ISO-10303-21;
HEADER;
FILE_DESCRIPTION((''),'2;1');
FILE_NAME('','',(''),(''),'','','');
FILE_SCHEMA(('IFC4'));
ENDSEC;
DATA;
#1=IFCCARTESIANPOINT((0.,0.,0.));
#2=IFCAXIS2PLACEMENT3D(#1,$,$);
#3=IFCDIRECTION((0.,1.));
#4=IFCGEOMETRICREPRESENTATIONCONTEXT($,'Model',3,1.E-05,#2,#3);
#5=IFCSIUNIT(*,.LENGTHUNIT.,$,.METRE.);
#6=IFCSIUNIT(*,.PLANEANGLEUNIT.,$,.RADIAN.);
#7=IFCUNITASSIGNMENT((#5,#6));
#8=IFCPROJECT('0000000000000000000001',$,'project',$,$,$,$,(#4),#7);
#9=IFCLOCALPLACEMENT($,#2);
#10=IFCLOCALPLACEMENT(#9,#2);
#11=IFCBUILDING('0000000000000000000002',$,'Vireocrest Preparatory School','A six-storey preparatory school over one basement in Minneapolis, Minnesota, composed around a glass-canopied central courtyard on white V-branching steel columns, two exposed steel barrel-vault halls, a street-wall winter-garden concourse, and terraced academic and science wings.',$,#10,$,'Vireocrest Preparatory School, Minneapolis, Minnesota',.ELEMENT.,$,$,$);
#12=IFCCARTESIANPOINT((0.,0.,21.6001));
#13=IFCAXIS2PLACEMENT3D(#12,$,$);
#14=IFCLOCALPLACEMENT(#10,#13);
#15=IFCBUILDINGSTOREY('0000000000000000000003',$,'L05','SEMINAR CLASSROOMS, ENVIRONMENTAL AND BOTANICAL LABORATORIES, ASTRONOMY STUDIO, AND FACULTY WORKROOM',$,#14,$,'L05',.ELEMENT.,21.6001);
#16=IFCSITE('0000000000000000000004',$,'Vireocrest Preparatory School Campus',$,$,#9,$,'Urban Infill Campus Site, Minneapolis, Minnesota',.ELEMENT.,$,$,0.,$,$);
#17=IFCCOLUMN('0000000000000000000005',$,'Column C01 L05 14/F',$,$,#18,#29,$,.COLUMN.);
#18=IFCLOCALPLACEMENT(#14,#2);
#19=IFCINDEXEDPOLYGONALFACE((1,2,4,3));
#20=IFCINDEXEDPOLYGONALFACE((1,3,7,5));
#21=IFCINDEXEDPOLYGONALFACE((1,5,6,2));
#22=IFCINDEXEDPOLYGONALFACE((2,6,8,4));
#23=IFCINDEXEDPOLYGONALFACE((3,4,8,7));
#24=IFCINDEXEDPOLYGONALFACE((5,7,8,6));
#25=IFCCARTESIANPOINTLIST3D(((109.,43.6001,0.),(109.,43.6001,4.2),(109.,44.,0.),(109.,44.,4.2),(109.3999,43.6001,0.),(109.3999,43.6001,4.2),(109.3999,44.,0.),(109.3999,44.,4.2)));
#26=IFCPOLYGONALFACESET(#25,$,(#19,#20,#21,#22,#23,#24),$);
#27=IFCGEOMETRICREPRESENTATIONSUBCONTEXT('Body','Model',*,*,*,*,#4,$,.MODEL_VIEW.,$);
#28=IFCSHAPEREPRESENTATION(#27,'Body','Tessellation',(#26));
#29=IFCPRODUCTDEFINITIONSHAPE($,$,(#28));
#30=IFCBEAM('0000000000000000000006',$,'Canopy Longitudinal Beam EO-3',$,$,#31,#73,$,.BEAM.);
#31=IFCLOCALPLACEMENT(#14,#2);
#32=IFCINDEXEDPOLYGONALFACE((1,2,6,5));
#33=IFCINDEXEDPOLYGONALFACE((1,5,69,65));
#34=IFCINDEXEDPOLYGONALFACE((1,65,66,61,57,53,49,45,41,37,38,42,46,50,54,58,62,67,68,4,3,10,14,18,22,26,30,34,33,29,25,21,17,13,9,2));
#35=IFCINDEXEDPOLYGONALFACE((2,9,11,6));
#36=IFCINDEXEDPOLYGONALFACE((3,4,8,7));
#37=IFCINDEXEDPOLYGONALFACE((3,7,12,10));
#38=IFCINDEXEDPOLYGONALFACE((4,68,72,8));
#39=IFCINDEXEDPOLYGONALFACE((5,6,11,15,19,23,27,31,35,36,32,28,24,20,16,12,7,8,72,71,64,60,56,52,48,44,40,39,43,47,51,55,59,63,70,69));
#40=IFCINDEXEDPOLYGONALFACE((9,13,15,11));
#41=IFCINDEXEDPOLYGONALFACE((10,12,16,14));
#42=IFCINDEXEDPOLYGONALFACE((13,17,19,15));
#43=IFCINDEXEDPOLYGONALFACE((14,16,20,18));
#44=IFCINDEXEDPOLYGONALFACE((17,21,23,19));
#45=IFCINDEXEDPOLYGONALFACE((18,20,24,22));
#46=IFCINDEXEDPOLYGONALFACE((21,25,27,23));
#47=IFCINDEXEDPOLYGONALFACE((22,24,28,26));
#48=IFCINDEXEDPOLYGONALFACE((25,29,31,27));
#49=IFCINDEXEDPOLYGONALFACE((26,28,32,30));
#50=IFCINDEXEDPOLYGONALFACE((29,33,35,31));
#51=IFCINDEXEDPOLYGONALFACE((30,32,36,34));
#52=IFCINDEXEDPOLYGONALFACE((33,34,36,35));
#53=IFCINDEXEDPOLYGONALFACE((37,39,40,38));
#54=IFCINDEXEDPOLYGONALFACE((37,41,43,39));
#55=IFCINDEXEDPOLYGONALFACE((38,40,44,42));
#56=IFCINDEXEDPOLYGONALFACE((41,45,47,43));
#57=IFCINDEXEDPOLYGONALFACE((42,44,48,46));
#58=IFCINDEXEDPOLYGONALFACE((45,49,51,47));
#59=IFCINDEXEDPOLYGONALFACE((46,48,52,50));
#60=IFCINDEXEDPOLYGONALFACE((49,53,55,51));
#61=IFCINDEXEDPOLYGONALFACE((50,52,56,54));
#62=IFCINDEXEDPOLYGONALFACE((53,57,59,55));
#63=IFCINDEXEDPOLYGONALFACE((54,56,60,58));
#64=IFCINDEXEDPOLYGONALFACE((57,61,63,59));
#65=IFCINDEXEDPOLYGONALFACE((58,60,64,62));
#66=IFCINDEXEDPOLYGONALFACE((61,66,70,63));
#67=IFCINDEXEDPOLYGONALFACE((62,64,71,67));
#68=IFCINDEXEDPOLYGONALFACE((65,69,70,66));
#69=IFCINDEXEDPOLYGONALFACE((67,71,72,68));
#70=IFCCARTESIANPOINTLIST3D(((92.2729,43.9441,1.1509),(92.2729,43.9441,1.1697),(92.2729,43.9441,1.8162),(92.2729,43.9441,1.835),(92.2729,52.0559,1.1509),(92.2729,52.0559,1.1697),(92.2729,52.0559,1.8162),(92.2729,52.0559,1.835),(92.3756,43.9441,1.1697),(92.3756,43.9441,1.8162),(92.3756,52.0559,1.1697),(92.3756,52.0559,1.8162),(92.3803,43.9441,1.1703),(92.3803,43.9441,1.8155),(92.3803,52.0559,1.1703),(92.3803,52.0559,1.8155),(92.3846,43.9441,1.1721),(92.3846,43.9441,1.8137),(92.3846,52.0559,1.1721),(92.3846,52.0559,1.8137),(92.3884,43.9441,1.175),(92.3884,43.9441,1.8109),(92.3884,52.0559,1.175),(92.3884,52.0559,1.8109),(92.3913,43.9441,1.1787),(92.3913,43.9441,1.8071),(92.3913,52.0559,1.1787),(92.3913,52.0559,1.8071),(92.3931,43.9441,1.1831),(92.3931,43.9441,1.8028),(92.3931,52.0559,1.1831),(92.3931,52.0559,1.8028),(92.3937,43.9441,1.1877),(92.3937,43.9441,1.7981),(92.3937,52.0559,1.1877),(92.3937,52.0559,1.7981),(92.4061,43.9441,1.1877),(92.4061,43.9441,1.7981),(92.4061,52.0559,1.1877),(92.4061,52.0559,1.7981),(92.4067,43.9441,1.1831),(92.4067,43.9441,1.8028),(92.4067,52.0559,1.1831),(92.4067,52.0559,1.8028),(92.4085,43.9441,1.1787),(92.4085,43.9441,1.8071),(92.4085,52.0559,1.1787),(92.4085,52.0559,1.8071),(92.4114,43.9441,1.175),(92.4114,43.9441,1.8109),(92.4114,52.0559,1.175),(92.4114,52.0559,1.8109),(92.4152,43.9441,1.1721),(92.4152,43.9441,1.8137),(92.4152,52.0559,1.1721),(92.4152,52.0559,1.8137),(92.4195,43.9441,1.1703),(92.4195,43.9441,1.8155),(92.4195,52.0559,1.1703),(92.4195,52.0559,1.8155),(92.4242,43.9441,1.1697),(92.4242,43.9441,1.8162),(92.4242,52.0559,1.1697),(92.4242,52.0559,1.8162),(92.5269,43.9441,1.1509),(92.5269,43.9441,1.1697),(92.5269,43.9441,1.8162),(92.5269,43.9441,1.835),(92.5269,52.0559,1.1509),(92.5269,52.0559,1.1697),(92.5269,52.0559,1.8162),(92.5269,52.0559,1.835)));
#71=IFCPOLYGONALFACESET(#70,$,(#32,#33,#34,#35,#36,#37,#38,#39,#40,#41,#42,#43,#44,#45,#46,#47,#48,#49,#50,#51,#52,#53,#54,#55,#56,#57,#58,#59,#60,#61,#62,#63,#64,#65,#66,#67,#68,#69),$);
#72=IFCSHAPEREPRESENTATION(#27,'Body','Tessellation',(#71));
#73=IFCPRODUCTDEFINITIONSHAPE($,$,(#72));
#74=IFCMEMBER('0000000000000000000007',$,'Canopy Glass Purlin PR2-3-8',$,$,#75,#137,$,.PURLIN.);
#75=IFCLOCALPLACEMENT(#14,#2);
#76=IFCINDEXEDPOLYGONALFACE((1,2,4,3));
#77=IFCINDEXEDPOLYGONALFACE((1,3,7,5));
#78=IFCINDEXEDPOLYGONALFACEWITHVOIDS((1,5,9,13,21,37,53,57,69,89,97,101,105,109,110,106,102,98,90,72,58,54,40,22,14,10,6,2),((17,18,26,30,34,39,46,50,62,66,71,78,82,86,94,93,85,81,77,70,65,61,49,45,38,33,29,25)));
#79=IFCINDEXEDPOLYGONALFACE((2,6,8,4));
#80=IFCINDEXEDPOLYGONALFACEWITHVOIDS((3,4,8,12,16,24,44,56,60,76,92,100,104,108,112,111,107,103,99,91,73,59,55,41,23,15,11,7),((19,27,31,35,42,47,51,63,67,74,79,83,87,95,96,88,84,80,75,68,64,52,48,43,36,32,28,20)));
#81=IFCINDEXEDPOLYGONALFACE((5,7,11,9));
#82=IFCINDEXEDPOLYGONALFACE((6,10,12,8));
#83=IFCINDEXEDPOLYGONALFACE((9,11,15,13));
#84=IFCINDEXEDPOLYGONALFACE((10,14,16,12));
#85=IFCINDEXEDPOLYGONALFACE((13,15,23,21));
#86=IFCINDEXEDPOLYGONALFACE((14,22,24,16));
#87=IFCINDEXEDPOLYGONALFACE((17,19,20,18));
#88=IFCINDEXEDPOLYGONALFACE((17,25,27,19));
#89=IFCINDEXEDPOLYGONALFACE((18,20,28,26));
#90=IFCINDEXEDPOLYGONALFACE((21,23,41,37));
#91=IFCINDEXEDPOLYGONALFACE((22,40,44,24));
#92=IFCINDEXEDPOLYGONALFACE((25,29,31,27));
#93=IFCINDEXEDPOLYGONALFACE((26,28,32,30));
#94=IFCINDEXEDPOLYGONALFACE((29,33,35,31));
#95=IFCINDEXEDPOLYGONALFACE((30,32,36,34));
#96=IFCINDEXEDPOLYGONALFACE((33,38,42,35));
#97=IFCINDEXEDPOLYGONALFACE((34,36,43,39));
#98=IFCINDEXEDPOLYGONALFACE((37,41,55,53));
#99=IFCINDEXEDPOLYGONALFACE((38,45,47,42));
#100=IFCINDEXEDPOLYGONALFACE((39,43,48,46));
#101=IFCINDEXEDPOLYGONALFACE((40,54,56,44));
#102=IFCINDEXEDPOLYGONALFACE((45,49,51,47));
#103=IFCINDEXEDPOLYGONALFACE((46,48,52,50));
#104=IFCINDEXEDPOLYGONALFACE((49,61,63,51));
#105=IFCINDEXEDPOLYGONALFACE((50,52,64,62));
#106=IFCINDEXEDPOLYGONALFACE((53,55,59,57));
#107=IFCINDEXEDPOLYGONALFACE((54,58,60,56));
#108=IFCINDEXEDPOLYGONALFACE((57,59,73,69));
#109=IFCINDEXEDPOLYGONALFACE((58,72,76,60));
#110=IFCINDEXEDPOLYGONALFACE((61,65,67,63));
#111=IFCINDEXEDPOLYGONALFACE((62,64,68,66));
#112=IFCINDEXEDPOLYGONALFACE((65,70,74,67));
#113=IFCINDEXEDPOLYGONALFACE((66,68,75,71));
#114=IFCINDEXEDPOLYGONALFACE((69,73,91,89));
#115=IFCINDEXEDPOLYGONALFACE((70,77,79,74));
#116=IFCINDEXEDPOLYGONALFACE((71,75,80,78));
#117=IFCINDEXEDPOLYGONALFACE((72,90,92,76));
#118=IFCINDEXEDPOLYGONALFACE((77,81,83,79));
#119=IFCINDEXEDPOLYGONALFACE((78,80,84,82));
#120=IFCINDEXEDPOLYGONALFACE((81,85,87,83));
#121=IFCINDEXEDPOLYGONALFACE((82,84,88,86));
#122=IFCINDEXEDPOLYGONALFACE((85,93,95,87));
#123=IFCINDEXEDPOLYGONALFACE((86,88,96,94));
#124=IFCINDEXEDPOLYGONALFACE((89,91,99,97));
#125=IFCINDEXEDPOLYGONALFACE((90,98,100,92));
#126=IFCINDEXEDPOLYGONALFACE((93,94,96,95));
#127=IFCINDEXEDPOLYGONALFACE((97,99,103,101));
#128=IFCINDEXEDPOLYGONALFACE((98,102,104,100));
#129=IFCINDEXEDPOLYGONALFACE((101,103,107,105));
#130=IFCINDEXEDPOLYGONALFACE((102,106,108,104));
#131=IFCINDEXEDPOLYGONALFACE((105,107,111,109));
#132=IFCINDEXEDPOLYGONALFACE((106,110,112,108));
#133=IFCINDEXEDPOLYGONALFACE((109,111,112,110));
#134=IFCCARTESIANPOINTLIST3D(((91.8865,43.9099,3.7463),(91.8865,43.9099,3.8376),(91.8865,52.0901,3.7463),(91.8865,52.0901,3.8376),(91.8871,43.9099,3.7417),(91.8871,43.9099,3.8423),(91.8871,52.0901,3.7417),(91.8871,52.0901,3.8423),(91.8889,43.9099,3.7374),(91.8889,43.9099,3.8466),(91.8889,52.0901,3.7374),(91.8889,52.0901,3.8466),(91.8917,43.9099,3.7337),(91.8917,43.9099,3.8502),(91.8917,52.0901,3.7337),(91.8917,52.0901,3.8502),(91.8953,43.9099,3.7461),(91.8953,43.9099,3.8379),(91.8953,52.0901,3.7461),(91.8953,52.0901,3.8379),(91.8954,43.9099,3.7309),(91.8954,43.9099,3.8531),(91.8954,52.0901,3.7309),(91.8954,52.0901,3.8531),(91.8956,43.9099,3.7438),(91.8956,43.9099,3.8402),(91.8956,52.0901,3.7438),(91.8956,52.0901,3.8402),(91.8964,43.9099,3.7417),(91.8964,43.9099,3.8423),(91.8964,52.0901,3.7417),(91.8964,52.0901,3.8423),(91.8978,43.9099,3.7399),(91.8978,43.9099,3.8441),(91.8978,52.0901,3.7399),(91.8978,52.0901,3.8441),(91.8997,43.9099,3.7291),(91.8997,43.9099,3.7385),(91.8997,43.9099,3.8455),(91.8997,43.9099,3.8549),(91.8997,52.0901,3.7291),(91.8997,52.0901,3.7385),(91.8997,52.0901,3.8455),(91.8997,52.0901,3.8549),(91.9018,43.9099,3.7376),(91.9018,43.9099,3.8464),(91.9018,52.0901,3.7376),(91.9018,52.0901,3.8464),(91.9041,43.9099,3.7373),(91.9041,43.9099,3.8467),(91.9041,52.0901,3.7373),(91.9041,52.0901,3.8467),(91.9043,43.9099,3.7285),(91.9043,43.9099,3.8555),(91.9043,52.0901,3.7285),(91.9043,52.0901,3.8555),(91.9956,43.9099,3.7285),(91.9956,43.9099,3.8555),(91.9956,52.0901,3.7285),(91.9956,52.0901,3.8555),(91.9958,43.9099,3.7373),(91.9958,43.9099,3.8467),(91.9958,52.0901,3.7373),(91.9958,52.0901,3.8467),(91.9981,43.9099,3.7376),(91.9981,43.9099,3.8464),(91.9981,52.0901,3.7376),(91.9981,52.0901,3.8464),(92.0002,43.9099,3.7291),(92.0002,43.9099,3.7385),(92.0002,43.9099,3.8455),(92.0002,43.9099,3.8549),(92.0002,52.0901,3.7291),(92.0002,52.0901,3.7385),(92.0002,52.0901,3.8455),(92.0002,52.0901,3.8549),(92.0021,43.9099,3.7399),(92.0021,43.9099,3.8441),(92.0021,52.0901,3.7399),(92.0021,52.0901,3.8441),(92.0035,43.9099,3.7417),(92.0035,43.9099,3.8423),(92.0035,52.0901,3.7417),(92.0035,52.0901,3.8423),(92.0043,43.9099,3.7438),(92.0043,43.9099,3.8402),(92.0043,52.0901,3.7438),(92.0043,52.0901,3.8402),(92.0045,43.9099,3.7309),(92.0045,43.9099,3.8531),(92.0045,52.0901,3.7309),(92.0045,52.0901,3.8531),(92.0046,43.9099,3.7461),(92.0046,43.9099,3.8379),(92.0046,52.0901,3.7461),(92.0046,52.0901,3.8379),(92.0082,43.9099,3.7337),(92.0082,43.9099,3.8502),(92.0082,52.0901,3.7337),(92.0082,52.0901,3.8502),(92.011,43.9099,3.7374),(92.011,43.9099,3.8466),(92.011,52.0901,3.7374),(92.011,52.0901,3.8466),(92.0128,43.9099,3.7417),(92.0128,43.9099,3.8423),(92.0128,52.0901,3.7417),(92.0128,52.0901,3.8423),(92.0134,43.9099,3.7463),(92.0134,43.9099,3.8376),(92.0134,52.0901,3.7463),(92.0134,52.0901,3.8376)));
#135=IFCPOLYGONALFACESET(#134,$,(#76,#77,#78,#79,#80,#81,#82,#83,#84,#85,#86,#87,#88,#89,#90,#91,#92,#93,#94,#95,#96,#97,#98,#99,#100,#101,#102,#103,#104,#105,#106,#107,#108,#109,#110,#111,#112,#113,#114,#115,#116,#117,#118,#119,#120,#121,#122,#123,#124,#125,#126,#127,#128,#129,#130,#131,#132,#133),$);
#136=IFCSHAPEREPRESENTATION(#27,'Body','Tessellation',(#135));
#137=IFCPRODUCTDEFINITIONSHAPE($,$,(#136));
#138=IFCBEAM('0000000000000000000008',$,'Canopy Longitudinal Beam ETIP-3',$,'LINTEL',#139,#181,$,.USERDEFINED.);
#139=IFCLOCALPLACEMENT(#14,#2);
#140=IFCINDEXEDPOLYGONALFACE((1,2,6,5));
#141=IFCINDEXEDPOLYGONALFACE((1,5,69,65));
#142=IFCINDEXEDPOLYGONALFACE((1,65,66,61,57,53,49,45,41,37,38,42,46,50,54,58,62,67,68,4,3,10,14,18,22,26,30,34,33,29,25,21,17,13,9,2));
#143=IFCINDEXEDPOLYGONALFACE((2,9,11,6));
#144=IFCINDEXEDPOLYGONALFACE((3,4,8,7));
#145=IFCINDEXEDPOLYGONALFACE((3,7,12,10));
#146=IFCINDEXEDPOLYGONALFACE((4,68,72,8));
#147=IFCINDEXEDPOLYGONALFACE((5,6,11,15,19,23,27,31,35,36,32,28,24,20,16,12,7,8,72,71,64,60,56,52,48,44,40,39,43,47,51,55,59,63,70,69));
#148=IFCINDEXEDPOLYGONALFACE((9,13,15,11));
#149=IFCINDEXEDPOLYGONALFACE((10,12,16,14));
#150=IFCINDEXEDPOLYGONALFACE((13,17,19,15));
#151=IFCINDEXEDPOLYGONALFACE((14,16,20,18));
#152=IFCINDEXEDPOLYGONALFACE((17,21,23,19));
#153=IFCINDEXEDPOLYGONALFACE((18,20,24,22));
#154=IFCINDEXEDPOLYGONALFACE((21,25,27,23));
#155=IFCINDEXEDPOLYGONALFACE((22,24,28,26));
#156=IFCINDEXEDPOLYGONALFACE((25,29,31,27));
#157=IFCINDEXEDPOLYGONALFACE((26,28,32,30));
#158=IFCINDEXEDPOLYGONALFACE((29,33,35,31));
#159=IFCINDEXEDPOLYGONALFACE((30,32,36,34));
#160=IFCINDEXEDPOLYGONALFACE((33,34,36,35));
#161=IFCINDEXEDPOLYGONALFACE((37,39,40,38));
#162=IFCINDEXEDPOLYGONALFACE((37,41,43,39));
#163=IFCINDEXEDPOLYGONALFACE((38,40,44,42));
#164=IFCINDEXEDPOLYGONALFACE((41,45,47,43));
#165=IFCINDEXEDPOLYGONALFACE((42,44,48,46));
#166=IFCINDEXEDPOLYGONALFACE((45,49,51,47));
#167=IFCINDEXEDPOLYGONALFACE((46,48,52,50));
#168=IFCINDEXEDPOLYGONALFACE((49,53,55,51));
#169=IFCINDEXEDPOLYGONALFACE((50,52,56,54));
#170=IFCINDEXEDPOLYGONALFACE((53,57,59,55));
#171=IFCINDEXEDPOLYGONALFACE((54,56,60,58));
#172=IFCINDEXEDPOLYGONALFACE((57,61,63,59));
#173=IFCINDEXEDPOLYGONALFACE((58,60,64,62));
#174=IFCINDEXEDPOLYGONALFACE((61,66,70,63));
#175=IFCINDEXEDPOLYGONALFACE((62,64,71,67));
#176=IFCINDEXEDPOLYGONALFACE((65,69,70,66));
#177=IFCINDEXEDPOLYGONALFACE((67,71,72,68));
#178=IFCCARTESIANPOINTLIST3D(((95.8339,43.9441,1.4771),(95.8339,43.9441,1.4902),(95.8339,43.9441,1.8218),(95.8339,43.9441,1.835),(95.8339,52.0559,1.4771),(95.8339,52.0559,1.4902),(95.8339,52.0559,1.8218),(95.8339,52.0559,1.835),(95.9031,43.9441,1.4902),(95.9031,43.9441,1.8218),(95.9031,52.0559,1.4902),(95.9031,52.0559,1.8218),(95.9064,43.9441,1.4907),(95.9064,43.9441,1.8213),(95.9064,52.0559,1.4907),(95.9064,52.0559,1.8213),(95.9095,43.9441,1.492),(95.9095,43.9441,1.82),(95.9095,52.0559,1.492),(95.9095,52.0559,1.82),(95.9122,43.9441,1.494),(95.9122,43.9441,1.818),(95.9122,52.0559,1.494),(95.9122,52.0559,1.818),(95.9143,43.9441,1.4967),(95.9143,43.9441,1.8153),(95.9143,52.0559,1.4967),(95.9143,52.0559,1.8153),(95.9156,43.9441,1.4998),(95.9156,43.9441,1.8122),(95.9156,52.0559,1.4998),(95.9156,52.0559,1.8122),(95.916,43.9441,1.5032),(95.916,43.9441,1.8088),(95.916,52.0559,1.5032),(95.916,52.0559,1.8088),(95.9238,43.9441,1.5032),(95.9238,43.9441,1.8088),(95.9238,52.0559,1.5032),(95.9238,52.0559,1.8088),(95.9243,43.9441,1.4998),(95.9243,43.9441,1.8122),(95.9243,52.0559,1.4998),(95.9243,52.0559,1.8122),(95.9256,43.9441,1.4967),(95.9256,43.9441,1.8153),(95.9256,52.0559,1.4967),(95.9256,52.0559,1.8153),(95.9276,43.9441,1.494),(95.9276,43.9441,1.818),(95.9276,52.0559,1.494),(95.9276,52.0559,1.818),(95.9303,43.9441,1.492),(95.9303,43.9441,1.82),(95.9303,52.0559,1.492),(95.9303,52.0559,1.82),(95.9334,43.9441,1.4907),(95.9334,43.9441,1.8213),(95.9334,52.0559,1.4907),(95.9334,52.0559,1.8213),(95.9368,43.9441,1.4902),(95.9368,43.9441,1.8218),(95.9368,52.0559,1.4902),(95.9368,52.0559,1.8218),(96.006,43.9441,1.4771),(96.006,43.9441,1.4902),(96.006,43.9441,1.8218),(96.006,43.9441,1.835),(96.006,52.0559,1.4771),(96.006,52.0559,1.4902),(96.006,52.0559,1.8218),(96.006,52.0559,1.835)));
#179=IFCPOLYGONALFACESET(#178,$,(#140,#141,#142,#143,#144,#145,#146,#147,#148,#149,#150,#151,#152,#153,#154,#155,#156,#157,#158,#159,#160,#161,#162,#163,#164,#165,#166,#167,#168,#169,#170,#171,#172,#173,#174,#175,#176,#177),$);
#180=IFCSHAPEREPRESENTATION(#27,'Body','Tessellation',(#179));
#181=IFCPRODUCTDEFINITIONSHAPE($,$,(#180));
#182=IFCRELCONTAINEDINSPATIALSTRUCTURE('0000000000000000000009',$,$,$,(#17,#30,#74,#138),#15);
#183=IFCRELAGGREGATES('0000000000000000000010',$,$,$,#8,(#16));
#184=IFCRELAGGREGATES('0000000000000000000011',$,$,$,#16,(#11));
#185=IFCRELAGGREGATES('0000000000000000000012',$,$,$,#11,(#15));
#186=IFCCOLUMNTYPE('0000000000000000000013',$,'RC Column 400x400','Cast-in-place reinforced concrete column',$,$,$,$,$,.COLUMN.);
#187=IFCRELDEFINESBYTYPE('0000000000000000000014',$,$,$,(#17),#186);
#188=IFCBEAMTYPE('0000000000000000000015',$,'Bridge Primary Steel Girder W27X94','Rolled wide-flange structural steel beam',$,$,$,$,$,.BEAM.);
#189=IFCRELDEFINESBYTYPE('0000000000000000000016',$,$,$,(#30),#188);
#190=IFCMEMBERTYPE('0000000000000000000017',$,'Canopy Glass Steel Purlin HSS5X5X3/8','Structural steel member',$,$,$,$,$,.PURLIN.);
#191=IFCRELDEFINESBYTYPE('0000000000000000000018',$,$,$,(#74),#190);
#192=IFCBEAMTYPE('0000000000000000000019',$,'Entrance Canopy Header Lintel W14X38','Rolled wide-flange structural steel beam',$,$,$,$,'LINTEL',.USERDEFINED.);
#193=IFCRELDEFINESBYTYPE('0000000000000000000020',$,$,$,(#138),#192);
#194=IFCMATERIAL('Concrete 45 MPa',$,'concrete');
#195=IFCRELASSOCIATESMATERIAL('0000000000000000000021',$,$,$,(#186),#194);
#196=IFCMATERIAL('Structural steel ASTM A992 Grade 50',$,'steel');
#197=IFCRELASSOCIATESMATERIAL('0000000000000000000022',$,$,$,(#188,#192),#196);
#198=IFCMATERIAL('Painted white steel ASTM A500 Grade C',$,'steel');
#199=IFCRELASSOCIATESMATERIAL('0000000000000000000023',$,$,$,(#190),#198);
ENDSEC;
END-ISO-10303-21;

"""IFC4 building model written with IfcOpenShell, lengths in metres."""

from ifc_helpers import new_model, si_unit, direction, frame, origin, origin_2d, place, context, subcontext, project, spatial, rectangle, hollow_rectangle, i_section, extrude, material, material_profile, profile_set, type_object, element, save


model = new_model("IFC4")

# Units and contexts
model_context = context("Model", 3, precision=1e-05, world=origin(), true_north=direction((0.0, 1.0)))
body_context = subcontext(model_context, "Body", "Model", "MODEL_VIEW")
ifc_project = project(units=[si_unit("LENGTHUNIT", "METRE"), si_unit("PLANEANGLEUNIT", "RADIAN")], contexts=[model_context])

# Site, building, storey
site_placement = place(None, origin())
site = spatial("IfcSite", under=ifc_project, at=site_placement, Name="Vireocrest Preparatory School Campus", LongName="Urban Infill Campus Site, Minneapolis, Minnesota", CompositionType="ELEMENT", RefElevation=0.0)
building_placement = place(site_placement, origin())
building = spatial("IfcBuilding", under=site, at=building_placement, Name="Vireocrest Preparatory School", Description="A six-storey preparatory school over one basement in Minneapolis, Minnesota, composed around a glass-canopied central courtyard on white V-branching steel columns, two exposed steel barrel-vault halls, a street-wall winter-garden concourse, and terraced academic and science wings.", LongName="Vireocrest Preparatory School, Minneapolis, Minnesota", CompositionType="ELEMENT")
storey_placement = place(building_placement, frame((0.0, 0.0, 21.6001)))
storey = spatial("IfcBuildingStorey", under=building, at=storey_placement, Name="L05", Description="SEMINAR CLASSROOMS, ENVIRONMENTAL AND BOTANICAL LABORATORIES, ASTRONOMY STUDIO, AND FACULTY WORKROOM", LongName="L05", CompositionType="ELEMENT", Elevation=21.6001)

# Column
ifc_material_1 = material(Name="Concrete 45 MPa", Category="concrete")
ifc_material_profile_1 = material_profile(ifc_material_1, rectangle(XDim=0.3999, YDim=0.3999, at=origin_2d()), Name="RC 400x400")
ifc_profile_set_1 = profile_set([ifc_material_profile_1], Name="Concrete 45 MPa")
column_type = type_object("IfcColumnType", Name="RC Column 400x400", Description="Cast-in-place reinforced concrete column", PredefinedType="COLUMN", material=ifc_profile_set_1)
column_placement = place(storey_placement, frame((109.2, 43.8, 0.0), z_axis=(0.0, 0.0, 1.0), x_axis=(1.0, 0.0, 0.0)))
element("IfcColumn", 1, at=column_placement, inside=storey, type_object=column_type, Name="Column C01 L05 14/F", PredefinedType="COLUMN", context=body_context, shape_type="SweptSolid", body=[
    extrude(rectangle(XDim=0.3999, YDim=0.3999, at=origin_2d()), origin(), (0.0, 0.0, 1.0), 4.2),
])

# Beam
ifc_material_2 = material(Name="Structural steel ASTM A992 Grade 50", Category="steel")
ifc_material_profile_2 = material_profile(ifc_material_2, i_section(OverallWidth=0.2539, OverallDepth=0.6841, WebThickness=0.0125, FlangeThickness=0.0188, FilletRadius=0.0181, at=origin_2d()), Name="W27X94")
ifc_profile_set_2 = profile_set([ifc_material_profile_2], Name="Structural steel ASTM A992 Grade 50")
beam_type_1 = type_object("IfcBeamType", Name="Bridge Primary Steel Girder W27X94", Description="Rolled wide-flange structural steel beam", PredefinedType="BEAM", material=ifc_profile_set_2)
beam_1_placement = place(storey_placement, frame((92.3999, 43.9441, 1.4929), z_axis=(0.0, 1.0, 0.0), x_axis=(-1.0, 0.0, 0.0)))
element("IfcBeam", 2, at=beam_1_placement, inside=storey, type_object=beam_type_1, Name="Canopy Longitudinal Beam EO-3", PredefinedType="BEAM", context=body_context, shape_type="SweptSolid", body=[
    extrude(i_section(OverallWidth=0.2539, OverallDepth=0.6841, WebThickness=0.0125, FlangeThickness=0.0188, FilletRadius=0.0181, at=origin_2d()), origin(), (0.0, 0.0, 1.0), 8.1118),
])

# Member
ifc_material_3 = material(Name="Painted white steel ASTM A500 Grade C", Category="steel")
ifc_material_profile_3 = material_profile(ifc_material_3, hollow_rectangle(XDim=0.127, YDim=0.127, WallThickness=0.0088, InnerFilletRadius=0.0088, OuterFilletRadius=0.0178, at=origin_2d()), Name="HSS5X5X3/8")
ifc_profile_set_3 = profile_set([ifc_material_profile_3], Name="Painted white steel ASTM A500 Grade C")
member_type = type_object("IfcMemberType", Name="Canopy Glass Steel Purlin HSS5X5X3/8", Description="Structural steel member", PredefinedType="PURLIN", material=ifc_profile_set_3)
member_placement = place(storey_placement, frame((91.95, 43.9099, 3.792), z_axis=(0.0, 1.0, 0.0), x_axis=(-1.0, 0.0, 0.0)))
element("IfcMember", 3, at=member_placement, inside=storey, type_object=member_type, Name="Canopy Glass Purlin PR2-3-8", PredefinedType="PURLIN", context=body_context, shape_type="SweptSolid", body=[
    extrude(hollow_rectangle(XDim=0.127, YDim=0.127, WallThickness=0.0088, InnerFilletRadius=0.0088, OuterFilletRadius=0.0178, at=origin_2d()), origin(), (0.0, 0.0, 1.0), 8.1802),
])

# Beam
ifc_material_profile_4 = material_profile(ifc_material_2, i_section(OverallWidth=0.1721, OverallDepth=0.3579, WebThickness=0.0078, FlangeThickness=0.0132, FilletRadius=0.0129, at=origin_2d()), Name="W14X38")
ifc_profile_set_4 = profile_set([ifc_material_profile_4], Name="Structural steel ASTM A992 Grade 50")
beam_type_2 = type_object("IfcBeamType", Name="Entrance Canopy Header Lintel W14X38", Description="Rolled wide-flange structural steel beam", ElementType="LINTEL", PredefinedType="USERDEFINED", material=ifc_profile_set_4)
beam_2_placement = place(storey_placement, frame((95.9199, 43.9441, 1.656), z_axis=(0.0, 1.0, 0.0), x_axis=(-1.0, 0.0, 0.0)))
element("IfcBeam", 4, at=beam_2_placement, inside=storey, type_object=beam_type_2, Name="Canopy Longitudinal Beam ETIP-3", ObjectType="LINTEL", PredefinedType="USERDEFINED", context=body_context, shape_type="SweptSolid", body=[
    extrude(i_section(OverallWidth=0.1721, OverallDepth=0.3579, WebThickness=0.0078, FlangeThickness=0.0132, FilletRadius=0.0129, at=origin_2d()), origin(), (0.0, 0.0, 1.0), 8.1118),
])

save(model, "model.ifc")
